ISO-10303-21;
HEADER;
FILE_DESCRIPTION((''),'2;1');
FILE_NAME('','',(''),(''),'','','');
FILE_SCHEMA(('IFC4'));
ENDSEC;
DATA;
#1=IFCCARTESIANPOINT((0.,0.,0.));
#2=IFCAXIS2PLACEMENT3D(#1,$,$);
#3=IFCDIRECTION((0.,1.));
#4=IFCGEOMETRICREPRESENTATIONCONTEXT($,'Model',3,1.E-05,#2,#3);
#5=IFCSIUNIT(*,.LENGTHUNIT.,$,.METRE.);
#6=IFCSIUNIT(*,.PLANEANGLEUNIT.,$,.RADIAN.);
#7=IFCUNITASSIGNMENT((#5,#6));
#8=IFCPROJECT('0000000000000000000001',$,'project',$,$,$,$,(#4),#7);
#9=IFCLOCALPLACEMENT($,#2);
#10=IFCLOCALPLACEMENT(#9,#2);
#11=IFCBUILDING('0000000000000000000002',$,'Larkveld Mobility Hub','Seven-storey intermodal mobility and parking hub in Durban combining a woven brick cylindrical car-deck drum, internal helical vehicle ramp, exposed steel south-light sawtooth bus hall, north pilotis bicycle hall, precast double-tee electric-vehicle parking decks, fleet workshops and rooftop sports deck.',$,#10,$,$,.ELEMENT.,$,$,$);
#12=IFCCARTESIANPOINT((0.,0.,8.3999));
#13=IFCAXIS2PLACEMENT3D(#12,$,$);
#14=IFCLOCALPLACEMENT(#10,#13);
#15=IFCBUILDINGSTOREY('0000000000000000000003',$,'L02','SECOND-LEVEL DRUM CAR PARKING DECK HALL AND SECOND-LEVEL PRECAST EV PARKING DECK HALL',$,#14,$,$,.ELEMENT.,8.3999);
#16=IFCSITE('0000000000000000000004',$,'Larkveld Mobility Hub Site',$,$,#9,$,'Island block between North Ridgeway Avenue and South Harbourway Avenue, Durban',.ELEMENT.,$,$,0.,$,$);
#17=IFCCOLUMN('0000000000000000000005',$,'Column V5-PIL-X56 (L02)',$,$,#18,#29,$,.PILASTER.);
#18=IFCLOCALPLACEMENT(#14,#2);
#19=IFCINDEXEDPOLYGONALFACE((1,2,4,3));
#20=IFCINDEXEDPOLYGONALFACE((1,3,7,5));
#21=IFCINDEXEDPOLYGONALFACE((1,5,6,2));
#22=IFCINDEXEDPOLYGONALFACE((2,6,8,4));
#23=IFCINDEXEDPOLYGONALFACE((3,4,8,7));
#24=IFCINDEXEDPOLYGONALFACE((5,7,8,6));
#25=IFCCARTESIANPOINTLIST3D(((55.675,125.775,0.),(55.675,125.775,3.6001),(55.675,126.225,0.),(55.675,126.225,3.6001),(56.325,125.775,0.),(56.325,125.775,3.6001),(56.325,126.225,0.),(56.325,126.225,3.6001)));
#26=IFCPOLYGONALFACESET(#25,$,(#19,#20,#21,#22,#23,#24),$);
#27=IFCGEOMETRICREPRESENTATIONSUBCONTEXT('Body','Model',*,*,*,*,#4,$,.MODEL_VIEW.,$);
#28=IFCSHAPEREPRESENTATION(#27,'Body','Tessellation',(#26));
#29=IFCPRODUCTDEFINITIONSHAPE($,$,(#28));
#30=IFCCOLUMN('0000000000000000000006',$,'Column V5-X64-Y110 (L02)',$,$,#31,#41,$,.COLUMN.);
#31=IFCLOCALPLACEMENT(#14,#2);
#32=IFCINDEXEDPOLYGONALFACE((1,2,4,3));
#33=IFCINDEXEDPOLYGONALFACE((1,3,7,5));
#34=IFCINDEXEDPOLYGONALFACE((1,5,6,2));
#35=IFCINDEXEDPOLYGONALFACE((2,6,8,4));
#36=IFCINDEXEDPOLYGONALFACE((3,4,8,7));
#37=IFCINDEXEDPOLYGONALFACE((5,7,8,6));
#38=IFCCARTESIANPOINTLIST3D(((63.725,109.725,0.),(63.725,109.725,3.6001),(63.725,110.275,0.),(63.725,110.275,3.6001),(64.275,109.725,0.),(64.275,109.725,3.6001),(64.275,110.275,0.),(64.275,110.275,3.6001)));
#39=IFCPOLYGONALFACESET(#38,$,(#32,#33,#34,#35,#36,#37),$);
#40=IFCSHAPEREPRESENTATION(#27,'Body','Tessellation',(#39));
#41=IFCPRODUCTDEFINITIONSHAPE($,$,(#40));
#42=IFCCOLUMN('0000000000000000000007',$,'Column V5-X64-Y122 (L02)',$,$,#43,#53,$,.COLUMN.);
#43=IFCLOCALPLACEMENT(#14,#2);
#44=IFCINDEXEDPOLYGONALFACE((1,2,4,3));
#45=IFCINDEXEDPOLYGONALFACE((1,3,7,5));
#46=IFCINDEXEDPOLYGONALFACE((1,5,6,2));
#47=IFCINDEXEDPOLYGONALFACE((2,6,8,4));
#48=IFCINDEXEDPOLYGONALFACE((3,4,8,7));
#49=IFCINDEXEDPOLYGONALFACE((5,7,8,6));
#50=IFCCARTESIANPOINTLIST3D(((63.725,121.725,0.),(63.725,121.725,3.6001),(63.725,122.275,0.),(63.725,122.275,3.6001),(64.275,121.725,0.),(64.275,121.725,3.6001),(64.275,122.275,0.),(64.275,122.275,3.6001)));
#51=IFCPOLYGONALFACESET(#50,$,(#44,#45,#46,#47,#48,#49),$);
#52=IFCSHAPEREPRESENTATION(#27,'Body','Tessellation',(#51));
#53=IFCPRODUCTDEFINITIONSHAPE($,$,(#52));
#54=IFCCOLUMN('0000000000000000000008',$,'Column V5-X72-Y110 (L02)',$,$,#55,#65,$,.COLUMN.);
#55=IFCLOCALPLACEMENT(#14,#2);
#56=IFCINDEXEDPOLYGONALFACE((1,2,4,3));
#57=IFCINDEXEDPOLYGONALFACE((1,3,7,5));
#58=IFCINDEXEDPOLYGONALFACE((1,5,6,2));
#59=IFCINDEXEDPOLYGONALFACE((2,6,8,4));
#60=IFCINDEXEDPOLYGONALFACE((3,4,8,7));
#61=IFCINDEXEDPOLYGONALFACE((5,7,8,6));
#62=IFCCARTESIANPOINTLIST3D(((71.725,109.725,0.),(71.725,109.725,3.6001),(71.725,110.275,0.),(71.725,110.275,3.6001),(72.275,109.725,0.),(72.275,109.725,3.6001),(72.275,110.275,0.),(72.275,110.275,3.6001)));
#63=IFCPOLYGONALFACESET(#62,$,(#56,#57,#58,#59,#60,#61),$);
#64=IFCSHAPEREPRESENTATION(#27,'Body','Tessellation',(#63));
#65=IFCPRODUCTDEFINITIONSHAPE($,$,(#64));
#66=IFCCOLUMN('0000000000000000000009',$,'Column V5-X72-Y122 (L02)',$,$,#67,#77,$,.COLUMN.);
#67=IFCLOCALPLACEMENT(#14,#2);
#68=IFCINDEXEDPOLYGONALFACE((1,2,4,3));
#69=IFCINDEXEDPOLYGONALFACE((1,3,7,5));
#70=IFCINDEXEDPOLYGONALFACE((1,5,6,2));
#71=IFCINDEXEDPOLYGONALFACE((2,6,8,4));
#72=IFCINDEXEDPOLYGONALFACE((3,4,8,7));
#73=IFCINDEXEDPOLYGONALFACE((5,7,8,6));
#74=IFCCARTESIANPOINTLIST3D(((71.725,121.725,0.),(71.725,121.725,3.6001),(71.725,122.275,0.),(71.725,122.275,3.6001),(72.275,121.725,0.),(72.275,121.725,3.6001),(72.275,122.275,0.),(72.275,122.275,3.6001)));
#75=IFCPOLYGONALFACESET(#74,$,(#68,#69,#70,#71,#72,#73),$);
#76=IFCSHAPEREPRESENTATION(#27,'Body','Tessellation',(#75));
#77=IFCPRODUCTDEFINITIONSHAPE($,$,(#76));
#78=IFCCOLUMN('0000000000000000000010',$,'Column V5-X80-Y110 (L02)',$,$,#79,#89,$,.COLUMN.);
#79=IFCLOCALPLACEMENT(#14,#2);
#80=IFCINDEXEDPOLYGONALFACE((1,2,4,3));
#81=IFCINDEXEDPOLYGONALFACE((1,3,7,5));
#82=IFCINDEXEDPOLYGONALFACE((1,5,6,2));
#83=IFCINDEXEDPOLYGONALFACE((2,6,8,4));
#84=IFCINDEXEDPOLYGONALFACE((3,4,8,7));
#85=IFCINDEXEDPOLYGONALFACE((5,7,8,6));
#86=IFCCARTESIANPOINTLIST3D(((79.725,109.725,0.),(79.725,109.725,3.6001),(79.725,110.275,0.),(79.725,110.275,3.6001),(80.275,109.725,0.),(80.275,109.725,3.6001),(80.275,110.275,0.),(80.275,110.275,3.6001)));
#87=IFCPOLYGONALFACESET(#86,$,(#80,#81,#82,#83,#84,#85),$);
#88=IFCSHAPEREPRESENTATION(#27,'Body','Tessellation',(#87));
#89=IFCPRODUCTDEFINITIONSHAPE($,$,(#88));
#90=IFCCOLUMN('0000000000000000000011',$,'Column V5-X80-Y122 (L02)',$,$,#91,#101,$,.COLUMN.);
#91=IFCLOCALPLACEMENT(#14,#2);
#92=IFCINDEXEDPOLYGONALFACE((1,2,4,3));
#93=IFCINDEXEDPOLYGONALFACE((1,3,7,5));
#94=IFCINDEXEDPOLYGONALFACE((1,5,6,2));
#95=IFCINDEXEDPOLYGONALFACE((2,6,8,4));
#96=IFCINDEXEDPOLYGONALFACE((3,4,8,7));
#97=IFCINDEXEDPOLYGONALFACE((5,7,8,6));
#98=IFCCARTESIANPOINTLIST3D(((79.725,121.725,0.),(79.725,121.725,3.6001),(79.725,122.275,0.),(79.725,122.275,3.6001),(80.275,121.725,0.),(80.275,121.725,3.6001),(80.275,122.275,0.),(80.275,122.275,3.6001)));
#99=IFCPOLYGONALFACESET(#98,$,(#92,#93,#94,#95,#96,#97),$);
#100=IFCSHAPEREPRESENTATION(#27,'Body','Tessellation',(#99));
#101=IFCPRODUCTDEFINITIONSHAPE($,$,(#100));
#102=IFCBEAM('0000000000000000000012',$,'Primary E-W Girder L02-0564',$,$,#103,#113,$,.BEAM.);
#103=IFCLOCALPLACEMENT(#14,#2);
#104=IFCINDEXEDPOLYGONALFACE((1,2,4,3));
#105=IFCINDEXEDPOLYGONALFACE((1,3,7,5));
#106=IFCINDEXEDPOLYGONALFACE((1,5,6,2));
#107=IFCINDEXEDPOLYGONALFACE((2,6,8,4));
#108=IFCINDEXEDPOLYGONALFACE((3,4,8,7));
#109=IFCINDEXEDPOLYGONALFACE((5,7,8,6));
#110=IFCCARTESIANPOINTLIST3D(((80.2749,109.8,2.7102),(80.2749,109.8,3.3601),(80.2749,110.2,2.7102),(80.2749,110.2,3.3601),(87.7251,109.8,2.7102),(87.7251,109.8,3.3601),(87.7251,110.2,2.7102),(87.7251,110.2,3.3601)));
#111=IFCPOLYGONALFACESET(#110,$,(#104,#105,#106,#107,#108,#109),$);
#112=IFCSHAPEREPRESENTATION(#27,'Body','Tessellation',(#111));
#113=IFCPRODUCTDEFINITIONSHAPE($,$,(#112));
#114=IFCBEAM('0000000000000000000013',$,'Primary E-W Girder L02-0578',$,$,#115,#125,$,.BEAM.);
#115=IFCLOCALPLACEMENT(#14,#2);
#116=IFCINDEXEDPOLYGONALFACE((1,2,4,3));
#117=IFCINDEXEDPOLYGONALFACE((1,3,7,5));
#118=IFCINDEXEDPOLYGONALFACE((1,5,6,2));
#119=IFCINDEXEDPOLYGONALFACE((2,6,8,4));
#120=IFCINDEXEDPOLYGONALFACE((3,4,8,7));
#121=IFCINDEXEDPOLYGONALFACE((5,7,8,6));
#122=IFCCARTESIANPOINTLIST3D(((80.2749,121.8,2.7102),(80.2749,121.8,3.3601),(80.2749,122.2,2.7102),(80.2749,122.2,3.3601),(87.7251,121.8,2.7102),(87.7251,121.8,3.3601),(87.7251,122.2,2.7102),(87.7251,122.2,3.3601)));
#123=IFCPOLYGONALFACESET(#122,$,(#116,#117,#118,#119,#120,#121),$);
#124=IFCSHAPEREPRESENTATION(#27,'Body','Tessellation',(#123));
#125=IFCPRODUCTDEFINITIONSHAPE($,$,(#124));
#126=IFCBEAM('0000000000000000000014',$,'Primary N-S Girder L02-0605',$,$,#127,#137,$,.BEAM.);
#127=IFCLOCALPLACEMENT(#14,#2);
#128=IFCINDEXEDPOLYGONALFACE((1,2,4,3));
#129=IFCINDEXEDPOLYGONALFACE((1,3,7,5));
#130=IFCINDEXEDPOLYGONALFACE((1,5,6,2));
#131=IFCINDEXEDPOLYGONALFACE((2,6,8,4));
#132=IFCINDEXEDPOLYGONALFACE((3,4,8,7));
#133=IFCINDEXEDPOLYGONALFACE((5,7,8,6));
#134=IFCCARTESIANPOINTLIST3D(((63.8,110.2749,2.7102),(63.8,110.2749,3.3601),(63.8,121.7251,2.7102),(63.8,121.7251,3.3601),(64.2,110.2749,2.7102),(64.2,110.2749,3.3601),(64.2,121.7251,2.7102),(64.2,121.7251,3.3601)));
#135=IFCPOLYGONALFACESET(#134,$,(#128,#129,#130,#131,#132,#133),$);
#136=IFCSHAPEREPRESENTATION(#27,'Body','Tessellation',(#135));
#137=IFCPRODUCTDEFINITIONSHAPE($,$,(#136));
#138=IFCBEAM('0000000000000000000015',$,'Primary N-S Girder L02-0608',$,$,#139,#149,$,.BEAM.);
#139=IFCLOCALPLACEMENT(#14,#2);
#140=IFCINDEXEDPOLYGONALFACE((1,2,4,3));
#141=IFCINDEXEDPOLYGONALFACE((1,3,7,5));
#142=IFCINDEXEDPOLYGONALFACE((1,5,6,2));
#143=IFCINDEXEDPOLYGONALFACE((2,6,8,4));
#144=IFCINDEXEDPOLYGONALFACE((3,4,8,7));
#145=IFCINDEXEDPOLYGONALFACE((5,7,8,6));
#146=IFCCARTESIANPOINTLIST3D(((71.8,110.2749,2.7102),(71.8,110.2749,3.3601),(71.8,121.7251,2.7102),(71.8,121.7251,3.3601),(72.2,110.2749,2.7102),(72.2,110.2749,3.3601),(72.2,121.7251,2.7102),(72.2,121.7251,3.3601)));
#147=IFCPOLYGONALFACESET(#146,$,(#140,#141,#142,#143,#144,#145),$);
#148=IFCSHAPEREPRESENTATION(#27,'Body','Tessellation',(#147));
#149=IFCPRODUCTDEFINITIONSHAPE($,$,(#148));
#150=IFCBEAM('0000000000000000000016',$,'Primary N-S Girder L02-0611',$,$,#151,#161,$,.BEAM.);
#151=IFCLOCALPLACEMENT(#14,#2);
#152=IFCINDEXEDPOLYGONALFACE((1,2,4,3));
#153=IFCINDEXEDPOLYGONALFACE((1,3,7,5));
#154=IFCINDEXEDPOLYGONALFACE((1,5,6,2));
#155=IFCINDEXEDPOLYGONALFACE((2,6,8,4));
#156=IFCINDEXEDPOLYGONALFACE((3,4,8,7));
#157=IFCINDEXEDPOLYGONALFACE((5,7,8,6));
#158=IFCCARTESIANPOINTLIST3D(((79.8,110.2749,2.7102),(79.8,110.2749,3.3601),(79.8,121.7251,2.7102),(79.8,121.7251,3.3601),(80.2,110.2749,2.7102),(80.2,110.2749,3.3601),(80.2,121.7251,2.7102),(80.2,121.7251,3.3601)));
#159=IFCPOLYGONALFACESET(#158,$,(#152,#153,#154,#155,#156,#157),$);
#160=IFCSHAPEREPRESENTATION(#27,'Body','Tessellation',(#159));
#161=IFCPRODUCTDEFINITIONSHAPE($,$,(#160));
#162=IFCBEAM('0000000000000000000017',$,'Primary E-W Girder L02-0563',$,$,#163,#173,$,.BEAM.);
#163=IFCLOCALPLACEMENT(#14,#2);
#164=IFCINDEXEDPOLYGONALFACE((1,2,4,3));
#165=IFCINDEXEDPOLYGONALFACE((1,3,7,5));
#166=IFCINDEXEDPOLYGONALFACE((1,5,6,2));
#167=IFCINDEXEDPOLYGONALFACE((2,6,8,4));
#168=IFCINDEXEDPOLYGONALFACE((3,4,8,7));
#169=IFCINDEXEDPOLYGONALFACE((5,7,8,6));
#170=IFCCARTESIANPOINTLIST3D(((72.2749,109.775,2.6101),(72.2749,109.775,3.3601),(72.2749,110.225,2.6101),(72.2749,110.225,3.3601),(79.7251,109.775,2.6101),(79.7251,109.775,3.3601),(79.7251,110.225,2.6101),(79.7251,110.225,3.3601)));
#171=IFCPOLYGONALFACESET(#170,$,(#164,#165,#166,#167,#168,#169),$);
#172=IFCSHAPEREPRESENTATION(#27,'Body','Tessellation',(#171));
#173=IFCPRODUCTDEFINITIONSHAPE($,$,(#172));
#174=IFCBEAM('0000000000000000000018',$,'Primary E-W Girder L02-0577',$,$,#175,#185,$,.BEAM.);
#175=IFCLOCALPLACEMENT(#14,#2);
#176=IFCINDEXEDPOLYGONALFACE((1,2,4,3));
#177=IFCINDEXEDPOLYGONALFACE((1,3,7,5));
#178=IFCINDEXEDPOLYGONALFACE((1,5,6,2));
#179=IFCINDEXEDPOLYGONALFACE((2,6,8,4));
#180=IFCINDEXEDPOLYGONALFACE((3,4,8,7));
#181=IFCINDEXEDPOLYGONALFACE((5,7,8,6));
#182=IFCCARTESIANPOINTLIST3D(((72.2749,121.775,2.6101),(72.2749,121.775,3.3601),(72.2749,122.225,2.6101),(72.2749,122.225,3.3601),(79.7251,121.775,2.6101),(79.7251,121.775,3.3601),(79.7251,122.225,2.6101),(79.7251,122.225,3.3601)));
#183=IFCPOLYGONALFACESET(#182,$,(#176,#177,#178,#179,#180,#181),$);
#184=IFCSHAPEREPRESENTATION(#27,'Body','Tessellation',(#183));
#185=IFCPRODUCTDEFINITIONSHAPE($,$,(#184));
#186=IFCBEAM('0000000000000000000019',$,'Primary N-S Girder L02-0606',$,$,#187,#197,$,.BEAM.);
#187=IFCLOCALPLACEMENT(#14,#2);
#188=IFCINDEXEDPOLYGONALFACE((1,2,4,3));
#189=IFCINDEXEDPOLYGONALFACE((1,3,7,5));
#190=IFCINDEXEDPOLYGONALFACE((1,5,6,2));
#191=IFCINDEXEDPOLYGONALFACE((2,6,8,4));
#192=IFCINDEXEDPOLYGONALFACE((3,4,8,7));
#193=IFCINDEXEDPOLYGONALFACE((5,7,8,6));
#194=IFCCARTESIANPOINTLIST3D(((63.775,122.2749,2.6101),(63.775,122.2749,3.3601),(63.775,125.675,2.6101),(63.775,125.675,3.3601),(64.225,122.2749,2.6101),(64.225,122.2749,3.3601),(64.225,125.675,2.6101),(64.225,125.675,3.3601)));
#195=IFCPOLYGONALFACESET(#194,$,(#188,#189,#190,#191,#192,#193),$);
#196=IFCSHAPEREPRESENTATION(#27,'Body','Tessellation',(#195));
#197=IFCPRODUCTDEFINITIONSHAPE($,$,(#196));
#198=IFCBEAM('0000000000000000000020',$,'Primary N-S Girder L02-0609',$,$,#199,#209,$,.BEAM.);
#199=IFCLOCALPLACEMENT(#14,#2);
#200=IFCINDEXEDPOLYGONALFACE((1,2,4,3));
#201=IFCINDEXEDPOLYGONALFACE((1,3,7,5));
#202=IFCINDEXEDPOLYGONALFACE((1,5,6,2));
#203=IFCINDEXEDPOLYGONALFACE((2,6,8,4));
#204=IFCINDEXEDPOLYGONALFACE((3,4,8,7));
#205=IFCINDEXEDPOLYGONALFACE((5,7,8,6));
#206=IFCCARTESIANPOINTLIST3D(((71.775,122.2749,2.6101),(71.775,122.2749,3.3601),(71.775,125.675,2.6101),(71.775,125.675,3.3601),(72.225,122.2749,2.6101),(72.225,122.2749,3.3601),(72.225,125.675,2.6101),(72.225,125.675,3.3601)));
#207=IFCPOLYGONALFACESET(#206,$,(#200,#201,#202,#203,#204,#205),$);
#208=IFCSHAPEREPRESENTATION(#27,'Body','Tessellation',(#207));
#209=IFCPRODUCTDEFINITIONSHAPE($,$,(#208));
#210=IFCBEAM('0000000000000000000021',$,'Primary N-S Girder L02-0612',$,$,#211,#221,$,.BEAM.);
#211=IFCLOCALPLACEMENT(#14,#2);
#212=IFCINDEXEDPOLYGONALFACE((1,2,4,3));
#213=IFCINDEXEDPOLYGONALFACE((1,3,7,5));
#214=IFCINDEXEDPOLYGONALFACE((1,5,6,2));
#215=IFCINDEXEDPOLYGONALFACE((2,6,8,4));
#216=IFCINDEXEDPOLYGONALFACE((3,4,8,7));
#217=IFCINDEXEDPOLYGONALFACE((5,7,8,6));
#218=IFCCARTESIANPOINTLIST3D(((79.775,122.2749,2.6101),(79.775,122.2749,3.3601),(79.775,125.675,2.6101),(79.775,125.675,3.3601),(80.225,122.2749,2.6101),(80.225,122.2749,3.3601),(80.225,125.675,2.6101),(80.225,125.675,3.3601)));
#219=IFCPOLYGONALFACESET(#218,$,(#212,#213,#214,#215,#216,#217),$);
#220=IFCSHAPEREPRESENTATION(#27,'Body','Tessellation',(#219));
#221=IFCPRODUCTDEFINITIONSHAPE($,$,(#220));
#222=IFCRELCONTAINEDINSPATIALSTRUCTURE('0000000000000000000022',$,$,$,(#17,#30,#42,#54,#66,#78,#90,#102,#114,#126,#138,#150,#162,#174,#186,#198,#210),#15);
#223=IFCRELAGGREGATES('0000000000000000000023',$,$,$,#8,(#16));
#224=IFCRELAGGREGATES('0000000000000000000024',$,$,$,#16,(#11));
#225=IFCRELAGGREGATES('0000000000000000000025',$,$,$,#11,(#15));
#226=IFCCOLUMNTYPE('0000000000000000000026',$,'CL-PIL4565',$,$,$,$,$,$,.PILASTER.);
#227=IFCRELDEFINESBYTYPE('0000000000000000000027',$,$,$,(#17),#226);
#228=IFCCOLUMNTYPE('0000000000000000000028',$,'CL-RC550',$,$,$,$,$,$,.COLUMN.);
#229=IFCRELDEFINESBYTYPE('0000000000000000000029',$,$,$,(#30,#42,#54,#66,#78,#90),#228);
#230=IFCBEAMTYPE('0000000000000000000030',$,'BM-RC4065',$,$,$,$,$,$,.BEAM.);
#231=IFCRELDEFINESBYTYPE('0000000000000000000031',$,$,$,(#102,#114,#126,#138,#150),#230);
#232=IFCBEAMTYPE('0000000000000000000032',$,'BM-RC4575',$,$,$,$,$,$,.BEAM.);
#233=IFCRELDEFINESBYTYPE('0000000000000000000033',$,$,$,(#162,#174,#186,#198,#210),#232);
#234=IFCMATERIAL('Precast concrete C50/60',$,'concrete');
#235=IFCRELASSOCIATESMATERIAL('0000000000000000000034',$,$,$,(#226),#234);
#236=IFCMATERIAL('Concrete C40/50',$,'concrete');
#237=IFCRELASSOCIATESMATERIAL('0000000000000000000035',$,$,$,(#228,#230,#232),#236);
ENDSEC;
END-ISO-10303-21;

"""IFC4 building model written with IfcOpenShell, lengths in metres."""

from ifc_helpers import new_model, si_unit, direction, frame, origin, origin_2d, place, context, subcontext, project, spatial, rectangle, extrude, material, material_profile, profile_set, type_object, element, save


model = new_model("IFC4")

# Units and contexts
model_context = context("Model", 3, precision=1e-05, world=origin(), true_north=direction((0.0, 1.0)))
body_context = subcontext(model_context, "Body", "Model", "MODEL_VIEW")
ifc_project = project(units=[si_unit("LENGTHUNIT", "METRE"), si_unit("PLANEANGLEUNIT", "RADIAN")], contexts=[model_context])

# Site, building, storey
site_placement = place(None, origin())
site = spatial("IfcSite", under=ifc_project, at=site_placement, Name="Larkveld Mobility Hub Site", LongName="Island block between North Ridgeway Avenue and South Harbourway Avenue, Durban", CompositionType="ELEMENT", RefElevation=0.0)
building_placement = place(site_placement, origin())
building = spatial("IfcBuilding", under=site, at=building_placement, Name="Larkveld Mobility Hub", Description="Seven-storey intermodal mobility and parking hub in Durban combining a woven brick cylindrical car-deck drum, internal helical vehicle ramp, exposed steel south-light sawtooth bus hall, north pilotis bicycle hall, precast double-tee electric-vehicle parking decks, fleet workshops and rooftop sports deck.", CompositionType="ELEMENT")
storey_placement = place(building_placement, frame((0.0, 0.0, 8.3999)))
storey = spatial("IfcBuildingStorey", under=building, at=storey_placement, Name="L02", Description="SECOND-LEVEL DRUM CAR PARKING DECK HALL AND SECOND-LEVEL PRECAST EV PARKING DECK HALL", CompositionType="ELEMENT", Elevation=8.3999)

# Columns
ifc_material_1 = material(Name="Precast concrete C50/60", Category="concrete")
ifc_material_profile_1 = material_profile(ifc_material_1, rectangle(XDim=0.45, YDim=0.6499, at=origin_2d()), Name="PC PIL 450x650")
ifc_profile_set_1 = profile_set([ifc_material_profile_1], Name="Precast concrete C50/60")
column_type_1 = type_object("IfcColumnType", Name="CL-PIL4565", PredefinedType="PILASTER", material=ifc_profile_set_1)
column_placement = place(storey_placement, frame((56.0, 126.0, 0.0), z_axis=(0.0, 0.0, 1.0), x_axis=(0.0, 1.0, 0.0)))
element("IfcColumn", 1, at=column_placement, inside=storey, type_object=column_type_1, Name="Column V5-PIL-X56 (L02)", PredefinedType="PILASTER", context=body_context, shape_type="SweptSolid", body=[
    extrude(rectangle(XDim=0.45, YDim=0.6499, at=origin_2d()), origin(), (0.0, 0.0, 1.0), 3.6001),
])
ifc_material_2 = material(Name="Concrete C40/50", Category="concrete")
ifc_material_profile_2 = material_profile(ifc_material_2, rectangle(XDim=0.55, YDim=0.55, at=origin_2d()), Name="RC COL 550x550")
ifc_profile_set_2 = profile_set([ifc_material_profile_2], Name="Concrete C40/50")
column_type_2 = type_object("IfcColumnType", Name="CL-RC550", PredefinedType="COLUMN", material=ifc_profile_set_2)
for number, where, z_axis, x_axis, name in (
    (2, (64.0, 110.0, 0.0), (0.0, 0.0, 1.0), (1.0, 0.0, 0.0), "Column V5-X64-Y110 (L02)"),
    (3, (64.0, 122.0, 0.0), (0.0, 0.0, 1.0), (1.0, 0.0, 0.0), "Column V5-X64-Y122 (L02)"),
    (4, (72.0, 110.0, 0.0), (0.0, 0.0, 1.0), (1.0, 0.0, 0.0), "Column V5-X72-Y110 (L02)"),
    (5, (72.0, 122.0, 0.0), (0.0, 0.0, 1.0), (1.0, 0.0, 0.0), "Column V5-X72-Y122 (L02)"),
    (6, (80.0, 110.0, 0.0), (0.0, 0.0, 1.0), (1.0, 0.0, 0.0), "Column V5-X80-Y110 (L02)"),
    (7, (80.0, 122.0, 0.0), (0.0, 0.0, 1.0), (1.0, 0.0, 0.0), "Column V5-X80-Y122 (L02)"),
):
    element("IfcColumn", number, at=place(storey_placement, frame(where, z_axis=z_axis, x_axis=x_axis)), inside=storey, type_object=column_type_2, Name=name, PredefinedType="COLUMN", context=body_context, shape_type="SweptSolid", body=[
        extrude(rectangle(XDim=0.55, YDim=0.55, at=origin_2d()), origin(), (0.0, 0.0, 1.0), 3.6001),
    ])

# Beams
ifc_material_profile_3 = material_profile(ifc_material_2, rectangle(XDim=0.3999, YDim=0.6499, at=origin_2d()), Name="RC BM 400x650")
ifc_profile_set_3 = profile_set([ifc_material_profile_3], Name="Concrete C40/50")
beam_type_1 = type_object("IfcBeamType", Name="BM-RC4065", PredefinedType="BEAM", material=ifc_profile_set_3)
for number, where, z_axis, x_axis, name in (
    (8, (80.2749, 110.0, 3.0352), (1.0, 0.0, 0.0), (0.0, 1.0, 0.0), "Primary E-W Girder L02-0564"),
    (9, (80.2749, 122.0, 3.0352), (1.0, 0.0, 0.0), (0.0, 1.0, 0.0), "Primary E-W Girder L02-0578"),
):
    element("IfcBeam", number, at=place(storey_placement, frame(where, z_axis=z_axis, x_axis=x_axis)), inside=storey, type_object=beam_type_1, Name=name, PredefinedType="BEAM", context=body_context, shape_type="SweptSolid", body=[
        extrude(rectangle(XDim=0.3999, YDim=0.6499, at=origin_2d()), origin(), (0.0, 0.0, 1.0), 7.4502),
    ])
for number, where, z_axis, x_axis, name in (
    (10, (64.0, 110.2749, 3.0352), (0.0, 1.0, 0.0), (-1.0, 0.0, 0.0), "Primary N-S Girder L02-0605"),
    (11, (72.0, 110.2749, 3.0352), (0.0, 1.0, 0.0), (-1.0, 0.0, 0.0), "Primary N-S Girder L02-0608"),
    (12, (80.0, 110.2749, 3.0352), (0.0, 1.0, 0.0), (-1.0, 0.0, 0.0), "Primary N-S Girder L02-0611"),
):
    element("IfcBeam", number, at=place(storey_placement, frame(where, z_axis=z_axis, x_axis=x_axis)), inside=storey, type_object=beam_type_1, Name=name, PredefinedType="BEAM", context=body_context, shape_type="SweptSolid", body=[
        extrude(rectangle(XDim=0.3999, YDim=0.6499, at=origin_2d()), origin(), (0.0, 0.0, 1.0), 11.4502),
    ])
ifc_material_profile_4 = material_profile(ifc_material_2, rectangle(XDim=0.45, YDim=0.75, at=origin_2d()), Name="RC BM 450x750")
ifc_profile_set_4 = profile_set([ifc_material_profile_4], Name="Concrete C40/50")
beam_type_2 = type_object("IfcBeamType", Name="BM-RC4575", PredefinedType="BEAM", material=ifc_profile_set_4)
for number, where, z_axis, x_axis, name in (
    (13, (72.2749, 110.0, 2.9851), (1.0, 0.0, 0.0), (0.0, 1.0, 0.0), "Primary E-W Girder L02-0563"),
    (14, (72.2749, 122.0, 2.9851), (1.0, 0.0, 0.0), (0.0, 1.0, 0.0), "Primary E-W Girder L02-0577"),
):
    element("IfcBeam", number, at=place(storey_placement, frame(where, z_axis=z_axis, x_axis=x_axis)), inside=storey, type_object=beam_type_2, Name=name, PredefinedType="BEAM", context=body_context, shape_type="SweptSolid", body=[
        extrude(rectangle(XDim=0.45, YDim=0.75, at=origin_2d()), origin(), (0.0, 0.0, 1.0), 7.4502),
    ])
for number, where, z_axis, x_axis, name in (
    (15, (64.0, 122.2749, 2.9851), (0.0, 1.0, 0.0), (-1.0, 0.0, 0.0), "Primary N-S Girder L02-0606"),
    (16, (72.0, 122.2749, 2.9851), (0.0, 1.0, 0.0), (-1.0, 0.0, 0.0), "Primary N-S Girder L02-0609"),
    (17, (80.0, 122.2749, 2.9851), (0.0, 1.0, 0.0), (-1.0, 0.0, 0.0), "Primary N-S Girder L02-0612"),
):
    element("IfcBeam", number, at=place(storey_placement, frame(where, z_axis=z_axis, x_axis=x_axis)), inside=storey, type_object=beam_type_2, Name=name, PredefinedType="BEAM", context=body_context, shape_type="SweptSolid", body=[
        extrude(rectangle(XDim=0.45, YDim=0.75, at=origin_2d()), origin(), (0.0, 0.0, 1.0), 3.4001),
    ])

save(model, "model.ifc")
